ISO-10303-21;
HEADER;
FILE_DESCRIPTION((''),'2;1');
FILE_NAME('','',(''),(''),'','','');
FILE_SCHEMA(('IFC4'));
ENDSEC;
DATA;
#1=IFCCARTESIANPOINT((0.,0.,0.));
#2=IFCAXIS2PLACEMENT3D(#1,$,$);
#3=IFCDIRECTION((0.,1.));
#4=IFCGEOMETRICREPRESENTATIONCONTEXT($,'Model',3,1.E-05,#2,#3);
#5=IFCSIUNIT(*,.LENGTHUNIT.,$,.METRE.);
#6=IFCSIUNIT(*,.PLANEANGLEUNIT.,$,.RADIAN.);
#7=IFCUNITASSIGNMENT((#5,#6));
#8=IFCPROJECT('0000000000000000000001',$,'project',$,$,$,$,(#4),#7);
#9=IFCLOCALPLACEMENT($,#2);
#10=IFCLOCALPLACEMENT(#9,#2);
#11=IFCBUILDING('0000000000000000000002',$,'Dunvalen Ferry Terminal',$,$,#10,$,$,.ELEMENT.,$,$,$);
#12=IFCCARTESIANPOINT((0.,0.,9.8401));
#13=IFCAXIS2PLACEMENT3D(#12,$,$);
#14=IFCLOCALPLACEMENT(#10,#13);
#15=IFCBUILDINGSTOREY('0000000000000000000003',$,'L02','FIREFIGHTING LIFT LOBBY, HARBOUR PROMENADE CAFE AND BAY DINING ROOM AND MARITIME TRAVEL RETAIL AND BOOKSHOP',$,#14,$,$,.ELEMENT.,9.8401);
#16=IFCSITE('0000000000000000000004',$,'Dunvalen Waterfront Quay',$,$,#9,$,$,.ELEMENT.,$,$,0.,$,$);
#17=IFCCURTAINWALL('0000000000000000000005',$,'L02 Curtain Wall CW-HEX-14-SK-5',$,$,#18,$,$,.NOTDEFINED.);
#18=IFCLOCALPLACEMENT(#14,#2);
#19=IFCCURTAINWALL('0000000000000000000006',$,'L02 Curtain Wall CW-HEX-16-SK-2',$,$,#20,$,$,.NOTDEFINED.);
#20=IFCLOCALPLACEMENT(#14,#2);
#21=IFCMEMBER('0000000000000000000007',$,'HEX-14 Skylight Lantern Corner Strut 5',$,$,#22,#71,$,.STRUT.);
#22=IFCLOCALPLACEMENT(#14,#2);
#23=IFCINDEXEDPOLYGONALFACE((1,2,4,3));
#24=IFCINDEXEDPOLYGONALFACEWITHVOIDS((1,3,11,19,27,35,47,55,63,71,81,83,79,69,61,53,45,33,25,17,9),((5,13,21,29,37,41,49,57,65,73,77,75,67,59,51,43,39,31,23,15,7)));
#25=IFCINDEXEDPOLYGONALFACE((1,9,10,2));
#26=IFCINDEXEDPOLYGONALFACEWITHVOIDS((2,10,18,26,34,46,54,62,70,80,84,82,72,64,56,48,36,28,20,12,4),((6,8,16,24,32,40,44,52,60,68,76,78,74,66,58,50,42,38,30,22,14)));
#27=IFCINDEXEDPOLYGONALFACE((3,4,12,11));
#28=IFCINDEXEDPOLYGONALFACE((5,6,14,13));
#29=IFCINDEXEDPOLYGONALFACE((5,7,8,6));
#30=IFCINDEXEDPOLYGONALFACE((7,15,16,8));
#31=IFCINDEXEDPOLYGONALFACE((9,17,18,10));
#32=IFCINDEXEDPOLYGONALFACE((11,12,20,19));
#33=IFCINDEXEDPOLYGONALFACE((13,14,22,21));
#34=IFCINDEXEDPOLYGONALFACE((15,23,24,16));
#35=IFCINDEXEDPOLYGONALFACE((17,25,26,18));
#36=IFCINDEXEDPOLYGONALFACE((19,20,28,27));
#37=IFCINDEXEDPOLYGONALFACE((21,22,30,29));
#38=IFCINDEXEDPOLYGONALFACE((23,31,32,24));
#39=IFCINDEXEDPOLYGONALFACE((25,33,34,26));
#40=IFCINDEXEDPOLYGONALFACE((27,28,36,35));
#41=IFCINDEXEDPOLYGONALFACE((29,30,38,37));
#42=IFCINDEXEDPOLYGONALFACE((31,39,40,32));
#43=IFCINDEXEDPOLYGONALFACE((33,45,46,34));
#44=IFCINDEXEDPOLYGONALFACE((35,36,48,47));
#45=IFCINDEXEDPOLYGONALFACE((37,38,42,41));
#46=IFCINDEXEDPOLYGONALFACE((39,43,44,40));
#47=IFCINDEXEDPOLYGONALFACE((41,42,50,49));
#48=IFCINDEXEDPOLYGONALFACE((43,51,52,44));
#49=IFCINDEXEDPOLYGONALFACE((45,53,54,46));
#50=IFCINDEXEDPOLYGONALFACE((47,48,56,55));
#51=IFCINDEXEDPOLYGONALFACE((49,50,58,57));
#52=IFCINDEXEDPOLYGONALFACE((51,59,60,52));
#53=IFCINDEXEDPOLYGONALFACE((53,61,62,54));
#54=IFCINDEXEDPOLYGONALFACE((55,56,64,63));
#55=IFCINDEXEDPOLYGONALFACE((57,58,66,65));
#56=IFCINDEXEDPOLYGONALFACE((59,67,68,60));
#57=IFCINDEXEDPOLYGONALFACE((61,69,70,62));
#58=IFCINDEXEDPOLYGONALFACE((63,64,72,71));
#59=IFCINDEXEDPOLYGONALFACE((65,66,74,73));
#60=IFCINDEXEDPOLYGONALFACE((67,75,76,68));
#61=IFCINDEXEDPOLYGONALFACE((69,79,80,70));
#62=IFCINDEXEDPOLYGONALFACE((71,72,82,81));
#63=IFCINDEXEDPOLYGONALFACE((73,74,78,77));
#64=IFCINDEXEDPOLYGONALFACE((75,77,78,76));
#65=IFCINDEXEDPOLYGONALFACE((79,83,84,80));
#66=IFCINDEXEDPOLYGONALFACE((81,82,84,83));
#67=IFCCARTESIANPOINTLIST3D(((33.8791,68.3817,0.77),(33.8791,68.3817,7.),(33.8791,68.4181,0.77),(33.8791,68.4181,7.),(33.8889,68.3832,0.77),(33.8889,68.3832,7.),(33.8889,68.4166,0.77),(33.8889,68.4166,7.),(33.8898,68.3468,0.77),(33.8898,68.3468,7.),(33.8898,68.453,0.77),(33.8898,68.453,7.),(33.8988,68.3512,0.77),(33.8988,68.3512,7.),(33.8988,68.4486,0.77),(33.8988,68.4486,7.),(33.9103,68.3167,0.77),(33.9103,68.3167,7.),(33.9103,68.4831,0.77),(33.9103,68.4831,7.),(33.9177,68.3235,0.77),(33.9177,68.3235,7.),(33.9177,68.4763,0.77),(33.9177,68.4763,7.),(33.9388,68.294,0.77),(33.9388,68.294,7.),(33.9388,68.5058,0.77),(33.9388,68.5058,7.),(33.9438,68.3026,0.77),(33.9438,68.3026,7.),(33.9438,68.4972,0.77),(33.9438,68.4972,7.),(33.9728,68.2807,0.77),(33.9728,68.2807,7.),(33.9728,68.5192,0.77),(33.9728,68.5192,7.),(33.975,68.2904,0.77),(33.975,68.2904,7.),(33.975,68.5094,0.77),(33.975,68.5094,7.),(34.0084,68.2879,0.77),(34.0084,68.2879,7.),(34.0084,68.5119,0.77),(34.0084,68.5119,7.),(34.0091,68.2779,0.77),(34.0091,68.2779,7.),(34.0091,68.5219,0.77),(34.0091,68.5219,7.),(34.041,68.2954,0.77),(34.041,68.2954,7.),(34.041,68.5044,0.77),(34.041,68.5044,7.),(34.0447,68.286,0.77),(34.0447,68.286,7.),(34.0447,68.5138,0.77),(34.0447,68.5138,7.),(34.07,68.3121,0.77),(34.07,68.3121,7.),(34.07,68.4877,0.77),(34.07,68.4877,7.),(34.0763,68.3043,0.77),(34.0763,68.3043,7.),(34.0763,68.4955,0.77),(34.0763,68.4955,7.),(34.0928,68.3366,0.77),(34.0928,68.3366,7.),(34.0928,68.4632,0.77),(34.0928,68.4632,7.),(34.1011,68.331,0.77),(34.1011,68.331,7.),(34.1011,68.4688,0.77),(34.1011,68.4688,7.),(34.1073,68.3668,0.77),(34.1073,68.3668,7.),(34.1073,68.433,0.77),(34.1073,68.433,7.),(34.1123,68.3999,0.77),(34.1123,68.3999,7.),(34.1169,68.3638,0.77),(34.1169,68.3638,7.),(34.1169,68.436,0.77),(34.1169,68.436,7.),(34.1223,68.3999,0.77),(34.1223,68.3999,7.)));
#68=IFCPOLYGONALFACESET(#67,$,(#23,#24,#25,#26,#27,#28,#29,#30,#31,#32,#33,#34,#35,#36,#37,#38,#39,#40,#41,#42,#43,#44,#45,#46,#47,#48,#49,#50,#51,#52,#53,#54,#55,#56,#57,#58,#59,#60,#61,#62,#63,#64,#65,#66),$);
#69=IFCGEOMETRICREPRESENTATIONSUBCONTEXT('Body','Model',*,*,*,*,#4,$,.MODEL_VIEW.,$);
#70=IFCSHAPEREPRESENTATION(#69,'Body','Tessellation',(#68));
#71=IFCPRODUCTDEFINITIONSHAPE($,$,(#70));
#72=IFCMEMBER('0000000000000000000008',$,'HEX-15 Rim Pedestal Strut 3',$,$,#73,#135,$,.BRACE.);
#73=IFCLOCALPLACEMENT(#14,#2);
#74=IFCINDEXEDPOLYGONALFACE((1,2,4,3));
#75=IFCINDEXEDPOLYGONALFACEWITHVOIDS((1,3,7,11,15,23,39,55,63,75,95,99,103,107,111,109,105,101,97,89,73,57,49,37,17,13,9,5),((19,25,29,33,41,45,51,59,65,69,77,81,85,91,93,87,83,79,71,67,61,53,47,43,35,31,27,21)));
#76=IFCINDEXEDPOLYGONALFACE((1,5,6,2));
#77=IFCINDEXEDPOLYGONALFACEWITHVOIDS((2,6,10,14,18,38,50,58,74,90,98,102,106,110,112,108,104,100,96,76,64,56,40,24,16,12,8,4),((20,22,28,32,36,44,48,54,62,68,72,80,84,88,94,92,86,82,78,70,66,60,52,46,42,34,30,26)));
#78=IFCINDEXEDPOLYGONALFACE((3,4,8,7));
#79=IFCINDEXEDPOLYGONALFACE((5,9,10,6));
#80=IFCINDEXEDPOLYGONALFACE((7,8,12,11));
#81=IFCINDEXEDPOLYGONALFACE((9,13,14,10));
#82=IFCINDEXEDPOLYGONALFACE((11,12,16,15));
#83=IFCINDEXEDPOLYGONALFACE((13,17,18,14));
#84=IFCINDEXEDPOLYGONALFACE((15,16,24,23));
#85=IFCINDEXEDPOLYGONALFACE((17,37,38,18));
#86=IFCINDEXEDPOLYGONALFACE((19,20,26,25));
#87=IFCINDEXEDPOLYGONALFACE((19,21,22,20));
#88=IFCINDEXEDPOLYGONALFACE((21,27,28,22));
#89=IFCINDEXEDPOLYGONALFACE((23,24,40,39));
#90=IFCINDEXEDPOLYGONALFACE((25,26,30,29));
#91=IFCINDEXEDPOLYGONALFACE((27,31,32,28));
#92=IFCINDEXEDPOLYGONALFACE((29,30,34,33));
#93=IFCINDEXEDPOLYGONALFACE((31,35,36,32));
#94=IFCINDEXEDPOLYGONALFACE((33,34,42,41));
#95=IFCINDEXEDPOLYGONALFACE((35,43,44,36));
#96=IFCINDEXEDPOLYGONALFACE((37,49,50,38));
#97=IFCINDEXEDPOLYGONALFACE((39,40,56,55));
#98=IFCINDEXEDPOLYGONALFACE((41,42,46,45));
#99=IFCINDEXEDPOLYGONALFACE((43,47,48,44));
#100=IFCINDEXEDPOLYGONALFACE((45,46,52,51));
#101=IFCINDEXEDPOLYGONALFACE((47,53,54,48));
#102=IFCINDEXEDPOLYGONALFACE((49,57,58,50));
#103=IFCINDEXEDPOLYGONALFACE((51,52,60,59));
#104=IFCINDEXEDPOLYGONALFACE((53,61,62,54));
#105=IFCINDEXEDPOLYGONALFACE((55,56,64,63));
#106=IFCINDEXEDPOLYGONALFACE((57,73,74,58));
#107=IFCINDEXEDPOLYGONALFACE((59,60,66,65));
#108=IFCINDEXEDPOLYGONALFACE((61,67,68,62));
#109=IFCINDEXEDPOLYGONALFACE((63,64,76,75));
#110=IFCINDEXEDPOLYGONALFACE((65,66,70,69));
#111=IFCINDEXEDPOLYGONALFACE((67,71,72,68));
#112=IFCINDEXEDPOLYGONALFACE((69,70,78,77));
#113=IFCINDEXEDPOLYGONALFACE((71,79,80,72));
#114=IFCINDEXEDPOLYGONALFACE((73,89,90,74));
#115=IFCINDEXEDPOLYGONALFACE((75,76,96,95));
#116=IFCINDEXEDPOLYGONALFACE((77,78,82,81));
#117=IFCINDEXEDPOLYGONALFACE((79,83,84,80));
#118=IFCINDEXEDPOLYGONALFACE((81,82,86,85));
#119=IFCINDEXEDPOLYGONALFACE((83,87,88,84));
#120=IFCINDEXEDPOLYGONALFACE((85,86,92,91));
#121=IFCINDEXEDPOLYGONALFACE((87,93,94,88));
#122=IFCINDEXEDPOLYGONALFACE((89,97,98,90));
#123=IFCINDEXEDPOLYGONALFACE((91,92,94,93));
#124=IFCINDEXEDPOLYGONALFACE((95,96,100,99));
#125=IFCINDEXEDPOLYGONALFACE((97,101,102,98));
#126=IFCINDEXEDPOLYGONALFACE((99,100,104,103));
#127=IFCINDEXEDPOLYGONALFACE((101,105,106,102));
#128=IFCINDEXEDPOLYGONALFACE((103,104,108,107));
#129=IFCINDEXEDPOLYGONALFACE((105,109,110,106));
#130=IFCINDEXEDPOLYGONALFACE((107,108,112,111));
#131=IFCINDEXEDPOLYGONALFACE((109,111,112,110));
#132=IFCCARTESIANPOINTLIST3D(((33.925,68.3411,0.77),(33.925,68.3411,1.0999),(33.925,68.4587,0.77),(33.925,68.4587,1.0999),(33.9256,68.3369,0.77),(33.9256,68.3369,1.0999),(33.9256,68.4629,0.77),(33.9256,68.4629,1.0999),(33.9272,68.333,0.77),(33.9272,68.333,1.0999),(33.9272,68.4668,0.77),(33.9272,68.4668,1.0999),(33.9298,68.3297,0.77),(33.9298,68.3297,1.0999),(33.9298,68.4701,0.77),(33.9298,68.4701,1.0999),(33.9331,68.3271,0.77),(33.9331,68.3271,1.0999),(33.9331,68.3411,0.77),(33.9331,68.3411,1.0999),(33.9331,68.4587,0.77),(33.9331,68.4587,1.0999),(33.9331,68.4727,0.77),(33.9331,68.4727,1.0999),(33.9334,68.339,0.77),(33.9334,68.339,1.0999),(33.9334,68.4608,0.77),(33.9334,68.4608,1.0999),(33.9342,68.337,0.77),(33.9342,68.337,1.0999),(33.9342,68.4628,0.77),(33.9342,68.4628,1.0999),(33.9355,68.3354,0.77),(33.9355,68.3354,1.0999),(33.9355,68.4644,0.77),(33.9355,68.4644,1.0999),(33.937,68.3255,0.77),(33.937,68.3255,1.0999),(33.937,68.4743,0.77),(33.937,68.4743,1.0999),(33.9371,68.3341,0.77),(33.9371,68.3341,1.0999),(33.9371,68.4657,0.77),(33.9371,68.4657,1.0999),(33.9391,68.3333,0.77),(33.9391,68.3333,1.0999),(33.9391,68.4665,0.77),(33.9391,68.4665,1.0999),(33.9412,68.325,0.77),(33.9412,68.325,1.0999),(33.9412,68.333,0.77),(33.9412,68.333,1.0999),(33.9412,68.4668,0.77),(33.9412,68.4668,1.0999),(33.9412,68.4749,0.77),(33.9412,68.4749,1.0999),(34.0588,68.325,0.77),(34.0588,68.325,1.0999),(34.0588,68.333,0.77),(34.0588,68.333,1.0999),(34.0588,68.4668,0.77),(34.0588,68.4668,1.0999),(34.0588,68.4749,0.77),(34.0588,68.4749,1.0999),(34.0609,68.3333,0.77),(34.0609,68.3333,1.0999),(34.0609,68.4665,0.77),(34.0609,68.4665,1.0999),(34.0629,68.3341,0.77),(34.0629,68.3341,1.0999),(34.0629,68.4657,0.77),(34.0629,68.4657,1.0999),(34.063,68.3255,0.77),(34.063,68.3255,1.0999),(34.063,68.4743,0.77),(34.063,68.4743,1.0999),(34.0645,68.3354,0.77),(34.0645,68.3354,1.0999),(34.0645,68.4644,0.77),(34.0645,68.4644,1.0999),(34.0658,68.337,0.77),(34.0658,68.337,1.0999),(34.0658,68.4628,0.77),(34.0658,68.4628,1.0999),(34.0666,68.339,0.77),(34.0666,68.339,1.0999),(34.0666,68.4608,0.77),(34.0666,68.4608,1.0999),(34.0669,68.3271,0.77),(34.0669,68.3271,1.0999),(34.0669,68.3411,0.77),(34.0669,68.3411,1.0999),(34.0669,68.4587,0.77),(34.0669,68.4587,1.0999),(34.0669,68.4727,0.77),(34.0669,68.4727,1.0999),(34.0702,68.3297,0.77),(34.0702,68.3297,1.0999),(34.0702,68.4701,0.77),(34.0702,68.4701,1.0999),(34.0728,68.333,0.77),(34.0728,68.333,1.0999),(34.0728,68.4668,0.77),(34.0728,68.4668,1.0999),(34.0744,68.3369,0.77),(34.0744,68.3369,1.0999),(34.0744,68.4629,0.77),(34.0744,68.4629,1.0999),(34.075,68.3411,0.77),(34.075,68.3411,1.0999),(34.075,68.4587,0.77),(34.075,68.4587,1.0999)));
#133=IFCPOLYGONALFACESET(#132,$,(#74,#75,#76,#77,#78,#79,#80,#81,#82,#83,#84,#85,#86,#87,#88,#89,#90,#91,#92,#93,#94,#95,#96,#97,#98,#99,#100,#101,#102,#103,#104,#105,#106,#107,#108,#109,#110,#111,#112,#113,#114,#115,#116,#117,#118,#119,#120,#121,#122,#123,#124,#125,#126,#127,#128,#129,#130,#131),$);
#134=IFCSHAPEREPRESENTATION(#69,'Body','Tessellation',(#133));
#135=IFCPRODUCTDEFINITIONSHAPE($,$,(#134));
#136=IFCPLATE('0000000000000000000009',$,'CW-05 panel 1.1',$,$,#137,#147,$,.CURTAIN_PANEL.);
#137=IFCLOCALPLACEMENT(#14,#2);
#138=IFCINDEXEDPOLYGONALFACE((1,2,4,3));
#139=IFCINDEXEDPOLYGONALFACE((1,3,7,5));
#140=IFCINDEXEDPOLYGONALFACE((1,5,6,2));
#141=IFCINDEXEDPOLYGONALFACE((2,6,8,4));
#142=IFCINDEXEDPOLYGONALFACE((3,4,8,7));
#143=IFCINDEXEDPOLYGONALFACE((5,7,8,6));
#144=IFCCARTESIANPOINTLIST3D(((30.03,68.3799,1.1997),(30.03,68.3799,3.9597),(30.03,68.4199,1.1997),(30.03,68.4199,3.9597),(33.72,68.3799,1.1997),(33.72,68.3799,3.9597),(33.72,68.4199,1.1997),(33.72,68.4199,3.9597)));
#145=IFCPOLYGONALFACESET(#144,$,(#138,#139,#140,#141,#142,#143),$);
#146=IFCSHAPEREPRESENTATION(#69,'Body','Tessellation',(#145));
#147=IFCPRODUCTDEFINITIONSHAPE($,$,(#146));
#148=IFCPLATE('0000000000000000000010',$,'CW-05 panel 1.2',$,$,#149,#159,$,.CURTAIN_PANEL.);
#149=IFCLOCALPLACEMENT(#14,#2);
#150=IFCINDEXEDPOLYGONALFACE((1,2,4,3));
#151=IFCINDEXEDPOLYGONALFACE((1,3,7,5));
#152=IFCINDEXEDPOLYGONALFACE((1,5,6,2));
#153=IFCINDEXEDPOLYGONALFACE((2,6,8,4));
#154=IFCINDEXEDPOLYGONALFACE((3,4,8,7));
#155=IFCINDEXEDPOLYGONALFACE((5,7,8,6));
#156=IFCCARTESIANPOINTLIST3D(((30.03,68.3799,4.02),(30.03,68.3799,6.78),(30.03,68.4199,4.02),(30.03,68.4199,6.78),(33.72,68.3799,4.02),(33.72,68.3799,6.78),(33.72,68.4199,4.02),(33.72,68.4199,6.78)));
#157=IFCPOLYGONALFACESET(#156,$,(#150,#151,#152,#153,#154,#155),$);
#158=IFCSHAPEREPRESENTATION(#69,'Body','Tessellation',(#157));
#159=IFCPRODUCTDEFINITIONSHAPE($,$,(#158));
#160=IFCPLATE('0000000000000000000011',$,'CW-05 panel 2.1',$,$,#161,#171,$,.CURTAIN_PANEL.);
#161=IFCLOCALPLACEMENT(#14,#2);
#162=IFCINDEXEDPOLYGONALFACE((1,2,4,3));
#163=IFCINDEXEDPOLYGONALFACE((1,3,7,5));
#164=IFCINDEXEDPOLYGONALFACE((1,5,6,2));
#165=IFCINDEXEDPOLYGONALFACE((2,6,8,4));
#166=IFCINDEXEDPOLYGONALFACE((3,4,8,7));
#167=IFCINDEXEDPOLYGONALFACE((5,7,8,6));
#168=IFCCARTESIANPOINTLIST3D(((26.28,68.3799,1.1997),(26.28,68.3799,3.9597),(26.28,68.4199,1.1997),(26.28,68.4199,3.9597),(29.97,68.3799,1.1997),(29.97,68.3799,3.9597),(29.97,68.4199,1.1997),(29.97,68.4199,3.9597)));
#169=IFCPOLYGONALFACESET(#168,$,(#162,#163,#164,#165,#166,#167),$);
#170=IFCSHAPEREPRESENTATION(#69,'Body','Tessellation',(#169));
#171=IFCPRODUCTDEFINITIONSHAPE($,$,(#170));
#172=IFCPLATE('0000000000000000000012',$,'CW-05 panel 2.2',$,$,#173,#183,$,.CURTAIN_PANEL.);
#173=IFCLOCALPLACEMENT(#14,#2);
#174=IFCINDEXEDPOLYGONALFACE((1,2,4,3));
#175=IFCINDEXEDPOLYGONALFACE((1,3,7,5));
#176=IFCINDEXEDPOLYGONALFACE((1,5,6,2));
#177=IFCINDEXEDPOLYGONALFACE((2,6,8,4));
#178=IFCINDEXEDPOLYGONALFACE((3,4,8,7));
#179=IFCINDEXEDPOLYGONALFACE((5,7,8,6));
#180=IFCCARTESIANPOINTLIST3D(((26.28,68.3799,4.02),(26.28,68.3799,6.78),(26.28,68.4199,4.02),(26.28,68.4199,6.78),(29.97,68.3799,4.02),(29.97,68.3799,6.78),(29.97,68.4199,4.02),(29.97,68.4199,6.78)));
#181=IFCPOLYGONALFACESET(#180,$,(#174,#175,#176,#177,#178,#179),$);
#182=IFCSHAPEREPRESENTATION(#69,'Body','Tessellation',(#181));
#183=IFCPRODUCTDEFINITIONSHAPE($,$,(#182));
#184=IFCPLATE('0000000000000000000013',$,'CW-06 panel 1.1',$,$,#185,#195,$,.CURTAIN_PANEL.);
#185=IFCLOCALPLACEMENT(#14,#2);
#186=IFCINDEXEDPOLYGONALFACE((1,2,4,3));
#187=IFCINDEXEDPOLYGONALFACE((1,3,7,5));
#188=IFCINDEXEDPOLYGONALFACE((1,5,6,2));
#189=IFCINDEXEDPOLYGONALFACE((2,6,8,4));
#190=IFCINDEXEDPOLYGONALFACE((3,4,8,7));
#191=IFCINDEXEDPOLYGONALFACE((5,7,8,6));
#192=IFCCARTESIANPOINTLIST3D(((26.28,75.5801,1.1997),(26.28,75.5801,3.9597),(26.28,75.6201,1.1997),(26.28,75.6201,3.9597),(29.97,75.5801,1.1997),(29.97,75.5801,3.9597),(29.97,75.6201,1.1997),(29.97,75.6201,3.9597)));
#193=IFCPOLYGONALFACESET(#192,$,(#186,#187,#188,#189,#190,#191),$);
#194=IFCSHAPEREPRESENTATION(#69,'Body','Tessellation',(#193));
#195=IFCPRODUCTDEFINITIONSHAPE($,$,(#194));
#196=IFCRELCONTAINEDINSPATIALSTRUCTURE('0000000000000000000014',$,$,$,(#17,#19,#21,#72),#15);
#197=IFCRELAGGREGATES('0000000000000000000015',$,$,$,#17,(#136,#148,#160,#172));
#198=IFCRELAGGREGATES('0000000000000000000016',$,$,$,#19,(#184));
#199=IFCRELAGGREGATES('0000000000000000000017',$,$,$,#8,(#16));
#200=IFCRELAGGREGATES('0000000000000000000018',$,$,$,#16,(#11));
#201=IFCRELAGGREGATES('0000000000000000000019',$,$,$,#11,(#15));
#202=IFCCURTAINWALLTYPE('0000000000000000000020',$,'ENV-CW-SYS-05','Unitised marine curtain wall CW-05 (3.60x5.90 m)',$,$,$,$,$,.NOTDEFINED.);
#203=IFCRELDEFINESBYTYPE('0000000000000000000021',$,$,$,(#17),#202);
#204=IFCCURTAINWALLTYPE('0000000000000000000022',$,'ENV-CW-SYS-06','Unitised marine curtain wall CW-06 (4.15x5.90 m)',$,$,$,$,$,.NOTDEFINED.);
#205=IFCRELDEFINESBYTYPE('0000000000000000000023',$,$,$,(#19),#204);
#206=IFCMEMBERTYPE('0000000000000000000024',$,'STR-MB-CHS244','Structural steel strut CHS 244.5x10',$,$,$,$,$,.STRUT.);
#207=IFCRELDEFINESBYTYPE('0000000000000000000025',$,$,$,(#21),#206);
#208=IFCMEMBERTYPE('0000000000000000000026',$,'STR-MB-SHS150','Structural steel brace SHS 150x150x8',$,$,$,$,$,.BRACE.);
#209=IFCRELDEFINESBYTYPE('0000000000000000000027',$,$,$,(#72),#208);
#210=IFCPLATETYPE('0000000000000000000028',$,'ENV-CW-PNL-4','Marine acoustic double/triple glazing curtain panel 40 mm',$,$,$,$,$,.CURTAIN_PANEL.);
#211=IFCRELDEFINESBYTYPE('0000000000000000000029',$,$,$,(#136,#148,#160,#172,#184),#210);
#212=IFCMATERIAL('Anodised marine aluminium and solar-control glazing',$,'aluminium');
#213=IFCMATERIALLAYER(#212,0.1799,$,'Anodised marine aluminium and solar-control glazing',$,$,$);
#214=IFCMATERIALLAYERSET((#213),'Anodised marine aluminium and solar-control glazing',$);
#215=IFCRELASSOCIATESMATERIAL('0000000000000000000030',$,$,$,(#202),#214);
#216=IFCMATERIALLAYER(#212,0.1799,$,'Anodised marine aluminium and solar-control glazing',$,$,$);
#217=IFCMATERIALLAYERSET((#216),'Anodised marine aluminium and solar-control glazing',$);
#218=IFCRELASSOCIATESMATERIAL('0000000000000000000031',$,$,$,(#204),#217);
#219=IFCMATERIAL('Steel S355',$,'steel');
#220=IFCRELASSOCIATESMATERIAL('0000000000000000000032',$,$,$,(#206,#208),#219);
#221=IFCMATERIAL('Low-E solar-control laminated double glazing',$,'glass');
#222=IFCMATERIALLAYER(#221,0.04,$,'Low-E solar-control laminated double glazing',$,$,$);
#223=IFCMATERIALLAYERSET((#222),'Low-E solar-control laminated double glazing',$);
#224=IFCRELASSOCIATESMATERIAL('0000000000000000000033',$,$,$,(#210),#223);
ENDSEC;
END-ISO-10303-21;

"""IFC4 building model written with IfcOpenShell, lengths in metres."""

from ifc_helpers import new_model, si_unit, direction, frame, origin, origin_2d, place, context, subcontext, project, spatial, rectangle, hollow_rectangle, hollow_circle, extrude, material, layer, layer_set, material_profile, profile_set, type_object, element, aggregate, save


model = new_model("IFC4")

# Units and contexts
model_context = context("Model", 3, precision=1e-05, world=origin(), true_north=direction((0.0, 1.0)))
body_context = subcontext(model_context, "Body", "Model", "MODEL_VIEW")
ifc_project = project(units=[si_unit("LENGTHUNIT", "METRE"), si_unit("PLANEANGLEUNIT", "RADIAN")], contexts=[model_context])

# Site, building, storey
site_placement = place(None, origin())
site = spatial("IfcSite", under=ifc_project, at=site_placement, Name="Dunvalen Waterfront Quay", CompositionType="ELEMENT", RefElevation=0.0)
building_placement = place(site_placement, origin())
building = spatial("IfcBuilding", under=site, at=building_placement, Name="Dunvalen Ferry Terminal", CompositionType="ELEMENT")
storey_placement = place(building_placement, frame((0.0, 0.0, 9.8401)))
storey = spatial("IfcBuildingStorey", under=building, at=storey_placement, Name="L02", Description="FIREFIGHTING LIFT LOBBY, HARBOUR PROMENADE CAFE AND BAY DINING ROOM AND MARITIME TRAVEL RETAIL AND BOOKSHOP", CompositionType="ELEMENT", Elevation=9.8401)

# Curtain wall
ifc_material_1 = material(Name="Anodised marine aluminium and solar-control glazing", Category="aluminium")
ifc_layer_1 = layer(ifc_material_1, 0.1799, Name="Anodised marine aluminium and solar-control glazing")
ifc_layer_set_1 = layer_set([ifc_layer_1], Name="Anodised marine aluminium and solar-control glazing")
curtain_wall_type_1 = type_object("IfcCurtainWallType", Name="ENV-CW-SYS-05", Description="Unitised marine curtain wall CW-05 (3.60x5.90 m)", PredefinedType="NOTDEFINED", material=ifc_layer_set_1)
curtain_wall_1_placement = place(storey_placement, origin())
curtain_wall_1 = element("IfcCurtainWall", 1, at=curtain_wall_1_placement, inside=storey, type_object=curtain_wall_type_1, Name="L02 Curtain Wall CW-HEX-14-SK-5", PredefinedType="NOTDEFINED")

# Curtain wall
ifc_layer_2 = layer(ifc_material_1, 0.1799, Name="Anodised marine aluminium and solar-control glazing")
ifc_layer_set_2 = layer_set([ifc_layer_2], Name="Anodised marine aluminium and solar-control glazing")
curtain_wall_type_2 = type_object("IfcCurtainWallType", Name="ENV-CW-SYS-06", Description="Unitised marine curtain wall CW-06 (4.15x5.90 m)", PredefinedType="NOTDEFINED", material=ifc_layer_set_2)
curtain_wall_2_placement = place(storey_placement, origin())
curtain_wall_2 = element("IfcCurtainWall", 2, at=curtain_wall_2_placement, inside=storey, type_object=curtain_wall_type_2, Name="L02 Curtain Wall CW-HEX-16-SK-2", PredefinedType="NOTDEFINED")

# Members
ifc_material_2 = material(Name="Steel S355", Category="steel")
ifc_material_profile_1 = material_profile(ifc_material_2, hollow_circle(Radius=0.1223, WallThickness=0.01, at=origin_2d()), Name="Steel S355")
ifc_profile_set_1 = profile_set([ifc_material_profile_1], Name="Steel S355")
member_type_1 = type_object("IfcMemberType", Name="STR-MB-CHS244", Description="Structural steel strut CHS 244.5x10", PredefinedType="STRUT", material=ifc_profile_set_1)
member_1_placement = place(storey_placement, frame((34.0, 68.3999, 0.77), z_axis=(0.0, 0.0, 1.0), x_axis=(1.0, 0.0, 0.0)))
element("IfcMember", 3, at=member_1_placement, inside=storey, type_object=member_type_1, Name="HEX-14 Skylight Lantern Corner Strut 5", PredefinedType="STRUT", context=body_context, shape_type="SweptSolid", body=[
    extrude(hollow_circle(Radius=0.1223, WallThickness=0.01, at=origin_2d()), origin(), (0.0, 0.0, 1.0), 6.23),
])
ifc_material_profile_2 = material_profile(ifc_material_2, hollow_rectangle(XDim=0.1499, YDim=0.1499, WallThickness=0.0081, InnerFilletRadius=0.0081, OuterFilletRadius=0.0161, at=origin_2d()), Name="Steel S355")
ifc_profile_set_2 = profile_set([ifc_material_profile_2], Name="Steel S355")
member_type_2 = type_object("IfcMemberType", Name="STR-MB-SHS150", Description="Structural steel brace SHS 150x150x8", PredefinedType="BRACE", material=ifc_profile_set_2)
member_2_placement = place(storey_placement, frame((34.0, 68.3999, 0.77), z_axis=(0.0, 0.0, 1.0), x_axis=(1.0, 0.0, 0.0)))
element("IfcMember", 4, at=member_2_placement, inside=storey, type_object=member_type_2, Name="HEX-15 Rim Pedestal Strut 3", PredefinedType="BRACE", context=body_context, shape_type="SweptSolid", body=[
    extrude(hollow_rectangle(XDim=0.1499, YDim=0.1499, WallThickness=0.0081, InnerFilletRadius=0.0081, OuterFilletRadius=0.0161, at=origin_2d()), origin(), (0.0, 0.0, 1.0), 0.3298),
])

# Plates
ifc_material_3 = material(Name="Low-E solar-control laminated double glazing", Category="glass")
ifc_layer_3 = layer(ifc_material_3, 0.04, Name="Low-E solar-control laminated double glazing")
ifc_layer_set_3 = layer_set([ifc_layer_3], Name="Low-E solar-control laminated double glazing")
plate_type_1 = type_object("IfcPlateType", Name="ENV-CW-PNL-4", Description="Marine acoustic double/triple glazing curtain panel 40 mm", PredefinedType="CURTAIN_PANEL", material=ifc_layer_set_3)
plate_1_placement = place(storey_placement, frame((31.875, 68.3999, 1.1997), z_axis=(0.0, 0.0, 1.0), x_axis=(-1.0, 0.0, 0.0)))
plate_1 = element("IfcPlate", 5, at=plate_1_placement, type_object=plate_type_1, Name="CW-05 panel 1.1", PredefinedType="CURTAIN_PANEL", context=body_context, shape_type="SweptSolid", body=[
    extrude(rectangle(XDim=3.6899, YDim=0.04, at=origin_2d()), origin(), (0.0, 0.0, 1.0), 2.76),
])
plate_2_placement = place(storey_placement, frame((31.875, 68.3999, 4.02), z_axis=(0.0, 0.0, 1.0), x_axis=(-1.0, 0.0, 0.0)))
plate_2 = element("IfcPlate", 6, at=plate_2_placement, type_object=plate_type_1, Name="CW-05 panel 1.2", PredefinedType="CURTAIN_PANEL", context=body_context, shape_type="SweptSolid", body=[
    extrude(rectangle(XDim=3.6899, YDim=0.04, at=origin_2d()), origin(), (0.0, 0.0, 1.0), 2.76),
])
plate_3_placement = place(storey_placement, frame((28.125, 68.3999, 1.1997), z_axis=(0.0, 0.0, 1.0), x_axis=(-1.0, 0.0, 0.0)))
plate_3 = element("IfcPlate", 7, at=plate_3_placement, type_object=plate_type_1, Name="CW-05 panel 2.1", PredefinedType="CURTAIN_PANEL", context=body_context, shape_type="SweptSolid", body=[
    extrude(rectangle(XDim=3.6899, YDim=0.04, at=origin_2d()), origin(), (0.0, 0.0, 1.0), 2.76),
])
plate_4_placement = place(storey_placement, frame((28.125, 68.3999, 4.02), z_axis=(0.0, 0.0, 1.0), x_axis=(-1.0, 0.0, 0.0)))
plate_4 = element("IfcPlate", 8, at=plate_4_placement, type_object=plate_type_1, Name="CW-05 panel 2.2", PredefinedType="CURTAIN_PANEL", context=body_context, shape_type="SweptSolid", body=[
    extrude(rectangle(XDim=3.6899, YDim=0.04, at=origin_2d()), origin(), (0.0, 0.0, 1.0), 2.76),
])
aggregate(curtain_wall_1, [plate_1, plate_2, plate_3, plate_4])
plate_5_placement = place(storey_placement, frame((28.125, 75.6001, 1.1997), z_axis=(0.0, 0.0, 1.0), x_axis=(1.0, 0.0, 0.0)))
plate_5 = element("IfcPlate", 9, at=plate_5_placement, type_object=plate_type_1, Name="CW-06 panel 1.1", PredefinedType="CURTAIN_PANEL", context=body_context, shape_type="SweptSolid", body=[
    extrude(rectangle(XDim=3.6899, YDim=0.04, at=origin_2d()), origin(), (0.0, 0.0, 1.0), 2.76),
])
aggregate(curtain_wall_2, [plate_5])

save(model, "model.ifc")
